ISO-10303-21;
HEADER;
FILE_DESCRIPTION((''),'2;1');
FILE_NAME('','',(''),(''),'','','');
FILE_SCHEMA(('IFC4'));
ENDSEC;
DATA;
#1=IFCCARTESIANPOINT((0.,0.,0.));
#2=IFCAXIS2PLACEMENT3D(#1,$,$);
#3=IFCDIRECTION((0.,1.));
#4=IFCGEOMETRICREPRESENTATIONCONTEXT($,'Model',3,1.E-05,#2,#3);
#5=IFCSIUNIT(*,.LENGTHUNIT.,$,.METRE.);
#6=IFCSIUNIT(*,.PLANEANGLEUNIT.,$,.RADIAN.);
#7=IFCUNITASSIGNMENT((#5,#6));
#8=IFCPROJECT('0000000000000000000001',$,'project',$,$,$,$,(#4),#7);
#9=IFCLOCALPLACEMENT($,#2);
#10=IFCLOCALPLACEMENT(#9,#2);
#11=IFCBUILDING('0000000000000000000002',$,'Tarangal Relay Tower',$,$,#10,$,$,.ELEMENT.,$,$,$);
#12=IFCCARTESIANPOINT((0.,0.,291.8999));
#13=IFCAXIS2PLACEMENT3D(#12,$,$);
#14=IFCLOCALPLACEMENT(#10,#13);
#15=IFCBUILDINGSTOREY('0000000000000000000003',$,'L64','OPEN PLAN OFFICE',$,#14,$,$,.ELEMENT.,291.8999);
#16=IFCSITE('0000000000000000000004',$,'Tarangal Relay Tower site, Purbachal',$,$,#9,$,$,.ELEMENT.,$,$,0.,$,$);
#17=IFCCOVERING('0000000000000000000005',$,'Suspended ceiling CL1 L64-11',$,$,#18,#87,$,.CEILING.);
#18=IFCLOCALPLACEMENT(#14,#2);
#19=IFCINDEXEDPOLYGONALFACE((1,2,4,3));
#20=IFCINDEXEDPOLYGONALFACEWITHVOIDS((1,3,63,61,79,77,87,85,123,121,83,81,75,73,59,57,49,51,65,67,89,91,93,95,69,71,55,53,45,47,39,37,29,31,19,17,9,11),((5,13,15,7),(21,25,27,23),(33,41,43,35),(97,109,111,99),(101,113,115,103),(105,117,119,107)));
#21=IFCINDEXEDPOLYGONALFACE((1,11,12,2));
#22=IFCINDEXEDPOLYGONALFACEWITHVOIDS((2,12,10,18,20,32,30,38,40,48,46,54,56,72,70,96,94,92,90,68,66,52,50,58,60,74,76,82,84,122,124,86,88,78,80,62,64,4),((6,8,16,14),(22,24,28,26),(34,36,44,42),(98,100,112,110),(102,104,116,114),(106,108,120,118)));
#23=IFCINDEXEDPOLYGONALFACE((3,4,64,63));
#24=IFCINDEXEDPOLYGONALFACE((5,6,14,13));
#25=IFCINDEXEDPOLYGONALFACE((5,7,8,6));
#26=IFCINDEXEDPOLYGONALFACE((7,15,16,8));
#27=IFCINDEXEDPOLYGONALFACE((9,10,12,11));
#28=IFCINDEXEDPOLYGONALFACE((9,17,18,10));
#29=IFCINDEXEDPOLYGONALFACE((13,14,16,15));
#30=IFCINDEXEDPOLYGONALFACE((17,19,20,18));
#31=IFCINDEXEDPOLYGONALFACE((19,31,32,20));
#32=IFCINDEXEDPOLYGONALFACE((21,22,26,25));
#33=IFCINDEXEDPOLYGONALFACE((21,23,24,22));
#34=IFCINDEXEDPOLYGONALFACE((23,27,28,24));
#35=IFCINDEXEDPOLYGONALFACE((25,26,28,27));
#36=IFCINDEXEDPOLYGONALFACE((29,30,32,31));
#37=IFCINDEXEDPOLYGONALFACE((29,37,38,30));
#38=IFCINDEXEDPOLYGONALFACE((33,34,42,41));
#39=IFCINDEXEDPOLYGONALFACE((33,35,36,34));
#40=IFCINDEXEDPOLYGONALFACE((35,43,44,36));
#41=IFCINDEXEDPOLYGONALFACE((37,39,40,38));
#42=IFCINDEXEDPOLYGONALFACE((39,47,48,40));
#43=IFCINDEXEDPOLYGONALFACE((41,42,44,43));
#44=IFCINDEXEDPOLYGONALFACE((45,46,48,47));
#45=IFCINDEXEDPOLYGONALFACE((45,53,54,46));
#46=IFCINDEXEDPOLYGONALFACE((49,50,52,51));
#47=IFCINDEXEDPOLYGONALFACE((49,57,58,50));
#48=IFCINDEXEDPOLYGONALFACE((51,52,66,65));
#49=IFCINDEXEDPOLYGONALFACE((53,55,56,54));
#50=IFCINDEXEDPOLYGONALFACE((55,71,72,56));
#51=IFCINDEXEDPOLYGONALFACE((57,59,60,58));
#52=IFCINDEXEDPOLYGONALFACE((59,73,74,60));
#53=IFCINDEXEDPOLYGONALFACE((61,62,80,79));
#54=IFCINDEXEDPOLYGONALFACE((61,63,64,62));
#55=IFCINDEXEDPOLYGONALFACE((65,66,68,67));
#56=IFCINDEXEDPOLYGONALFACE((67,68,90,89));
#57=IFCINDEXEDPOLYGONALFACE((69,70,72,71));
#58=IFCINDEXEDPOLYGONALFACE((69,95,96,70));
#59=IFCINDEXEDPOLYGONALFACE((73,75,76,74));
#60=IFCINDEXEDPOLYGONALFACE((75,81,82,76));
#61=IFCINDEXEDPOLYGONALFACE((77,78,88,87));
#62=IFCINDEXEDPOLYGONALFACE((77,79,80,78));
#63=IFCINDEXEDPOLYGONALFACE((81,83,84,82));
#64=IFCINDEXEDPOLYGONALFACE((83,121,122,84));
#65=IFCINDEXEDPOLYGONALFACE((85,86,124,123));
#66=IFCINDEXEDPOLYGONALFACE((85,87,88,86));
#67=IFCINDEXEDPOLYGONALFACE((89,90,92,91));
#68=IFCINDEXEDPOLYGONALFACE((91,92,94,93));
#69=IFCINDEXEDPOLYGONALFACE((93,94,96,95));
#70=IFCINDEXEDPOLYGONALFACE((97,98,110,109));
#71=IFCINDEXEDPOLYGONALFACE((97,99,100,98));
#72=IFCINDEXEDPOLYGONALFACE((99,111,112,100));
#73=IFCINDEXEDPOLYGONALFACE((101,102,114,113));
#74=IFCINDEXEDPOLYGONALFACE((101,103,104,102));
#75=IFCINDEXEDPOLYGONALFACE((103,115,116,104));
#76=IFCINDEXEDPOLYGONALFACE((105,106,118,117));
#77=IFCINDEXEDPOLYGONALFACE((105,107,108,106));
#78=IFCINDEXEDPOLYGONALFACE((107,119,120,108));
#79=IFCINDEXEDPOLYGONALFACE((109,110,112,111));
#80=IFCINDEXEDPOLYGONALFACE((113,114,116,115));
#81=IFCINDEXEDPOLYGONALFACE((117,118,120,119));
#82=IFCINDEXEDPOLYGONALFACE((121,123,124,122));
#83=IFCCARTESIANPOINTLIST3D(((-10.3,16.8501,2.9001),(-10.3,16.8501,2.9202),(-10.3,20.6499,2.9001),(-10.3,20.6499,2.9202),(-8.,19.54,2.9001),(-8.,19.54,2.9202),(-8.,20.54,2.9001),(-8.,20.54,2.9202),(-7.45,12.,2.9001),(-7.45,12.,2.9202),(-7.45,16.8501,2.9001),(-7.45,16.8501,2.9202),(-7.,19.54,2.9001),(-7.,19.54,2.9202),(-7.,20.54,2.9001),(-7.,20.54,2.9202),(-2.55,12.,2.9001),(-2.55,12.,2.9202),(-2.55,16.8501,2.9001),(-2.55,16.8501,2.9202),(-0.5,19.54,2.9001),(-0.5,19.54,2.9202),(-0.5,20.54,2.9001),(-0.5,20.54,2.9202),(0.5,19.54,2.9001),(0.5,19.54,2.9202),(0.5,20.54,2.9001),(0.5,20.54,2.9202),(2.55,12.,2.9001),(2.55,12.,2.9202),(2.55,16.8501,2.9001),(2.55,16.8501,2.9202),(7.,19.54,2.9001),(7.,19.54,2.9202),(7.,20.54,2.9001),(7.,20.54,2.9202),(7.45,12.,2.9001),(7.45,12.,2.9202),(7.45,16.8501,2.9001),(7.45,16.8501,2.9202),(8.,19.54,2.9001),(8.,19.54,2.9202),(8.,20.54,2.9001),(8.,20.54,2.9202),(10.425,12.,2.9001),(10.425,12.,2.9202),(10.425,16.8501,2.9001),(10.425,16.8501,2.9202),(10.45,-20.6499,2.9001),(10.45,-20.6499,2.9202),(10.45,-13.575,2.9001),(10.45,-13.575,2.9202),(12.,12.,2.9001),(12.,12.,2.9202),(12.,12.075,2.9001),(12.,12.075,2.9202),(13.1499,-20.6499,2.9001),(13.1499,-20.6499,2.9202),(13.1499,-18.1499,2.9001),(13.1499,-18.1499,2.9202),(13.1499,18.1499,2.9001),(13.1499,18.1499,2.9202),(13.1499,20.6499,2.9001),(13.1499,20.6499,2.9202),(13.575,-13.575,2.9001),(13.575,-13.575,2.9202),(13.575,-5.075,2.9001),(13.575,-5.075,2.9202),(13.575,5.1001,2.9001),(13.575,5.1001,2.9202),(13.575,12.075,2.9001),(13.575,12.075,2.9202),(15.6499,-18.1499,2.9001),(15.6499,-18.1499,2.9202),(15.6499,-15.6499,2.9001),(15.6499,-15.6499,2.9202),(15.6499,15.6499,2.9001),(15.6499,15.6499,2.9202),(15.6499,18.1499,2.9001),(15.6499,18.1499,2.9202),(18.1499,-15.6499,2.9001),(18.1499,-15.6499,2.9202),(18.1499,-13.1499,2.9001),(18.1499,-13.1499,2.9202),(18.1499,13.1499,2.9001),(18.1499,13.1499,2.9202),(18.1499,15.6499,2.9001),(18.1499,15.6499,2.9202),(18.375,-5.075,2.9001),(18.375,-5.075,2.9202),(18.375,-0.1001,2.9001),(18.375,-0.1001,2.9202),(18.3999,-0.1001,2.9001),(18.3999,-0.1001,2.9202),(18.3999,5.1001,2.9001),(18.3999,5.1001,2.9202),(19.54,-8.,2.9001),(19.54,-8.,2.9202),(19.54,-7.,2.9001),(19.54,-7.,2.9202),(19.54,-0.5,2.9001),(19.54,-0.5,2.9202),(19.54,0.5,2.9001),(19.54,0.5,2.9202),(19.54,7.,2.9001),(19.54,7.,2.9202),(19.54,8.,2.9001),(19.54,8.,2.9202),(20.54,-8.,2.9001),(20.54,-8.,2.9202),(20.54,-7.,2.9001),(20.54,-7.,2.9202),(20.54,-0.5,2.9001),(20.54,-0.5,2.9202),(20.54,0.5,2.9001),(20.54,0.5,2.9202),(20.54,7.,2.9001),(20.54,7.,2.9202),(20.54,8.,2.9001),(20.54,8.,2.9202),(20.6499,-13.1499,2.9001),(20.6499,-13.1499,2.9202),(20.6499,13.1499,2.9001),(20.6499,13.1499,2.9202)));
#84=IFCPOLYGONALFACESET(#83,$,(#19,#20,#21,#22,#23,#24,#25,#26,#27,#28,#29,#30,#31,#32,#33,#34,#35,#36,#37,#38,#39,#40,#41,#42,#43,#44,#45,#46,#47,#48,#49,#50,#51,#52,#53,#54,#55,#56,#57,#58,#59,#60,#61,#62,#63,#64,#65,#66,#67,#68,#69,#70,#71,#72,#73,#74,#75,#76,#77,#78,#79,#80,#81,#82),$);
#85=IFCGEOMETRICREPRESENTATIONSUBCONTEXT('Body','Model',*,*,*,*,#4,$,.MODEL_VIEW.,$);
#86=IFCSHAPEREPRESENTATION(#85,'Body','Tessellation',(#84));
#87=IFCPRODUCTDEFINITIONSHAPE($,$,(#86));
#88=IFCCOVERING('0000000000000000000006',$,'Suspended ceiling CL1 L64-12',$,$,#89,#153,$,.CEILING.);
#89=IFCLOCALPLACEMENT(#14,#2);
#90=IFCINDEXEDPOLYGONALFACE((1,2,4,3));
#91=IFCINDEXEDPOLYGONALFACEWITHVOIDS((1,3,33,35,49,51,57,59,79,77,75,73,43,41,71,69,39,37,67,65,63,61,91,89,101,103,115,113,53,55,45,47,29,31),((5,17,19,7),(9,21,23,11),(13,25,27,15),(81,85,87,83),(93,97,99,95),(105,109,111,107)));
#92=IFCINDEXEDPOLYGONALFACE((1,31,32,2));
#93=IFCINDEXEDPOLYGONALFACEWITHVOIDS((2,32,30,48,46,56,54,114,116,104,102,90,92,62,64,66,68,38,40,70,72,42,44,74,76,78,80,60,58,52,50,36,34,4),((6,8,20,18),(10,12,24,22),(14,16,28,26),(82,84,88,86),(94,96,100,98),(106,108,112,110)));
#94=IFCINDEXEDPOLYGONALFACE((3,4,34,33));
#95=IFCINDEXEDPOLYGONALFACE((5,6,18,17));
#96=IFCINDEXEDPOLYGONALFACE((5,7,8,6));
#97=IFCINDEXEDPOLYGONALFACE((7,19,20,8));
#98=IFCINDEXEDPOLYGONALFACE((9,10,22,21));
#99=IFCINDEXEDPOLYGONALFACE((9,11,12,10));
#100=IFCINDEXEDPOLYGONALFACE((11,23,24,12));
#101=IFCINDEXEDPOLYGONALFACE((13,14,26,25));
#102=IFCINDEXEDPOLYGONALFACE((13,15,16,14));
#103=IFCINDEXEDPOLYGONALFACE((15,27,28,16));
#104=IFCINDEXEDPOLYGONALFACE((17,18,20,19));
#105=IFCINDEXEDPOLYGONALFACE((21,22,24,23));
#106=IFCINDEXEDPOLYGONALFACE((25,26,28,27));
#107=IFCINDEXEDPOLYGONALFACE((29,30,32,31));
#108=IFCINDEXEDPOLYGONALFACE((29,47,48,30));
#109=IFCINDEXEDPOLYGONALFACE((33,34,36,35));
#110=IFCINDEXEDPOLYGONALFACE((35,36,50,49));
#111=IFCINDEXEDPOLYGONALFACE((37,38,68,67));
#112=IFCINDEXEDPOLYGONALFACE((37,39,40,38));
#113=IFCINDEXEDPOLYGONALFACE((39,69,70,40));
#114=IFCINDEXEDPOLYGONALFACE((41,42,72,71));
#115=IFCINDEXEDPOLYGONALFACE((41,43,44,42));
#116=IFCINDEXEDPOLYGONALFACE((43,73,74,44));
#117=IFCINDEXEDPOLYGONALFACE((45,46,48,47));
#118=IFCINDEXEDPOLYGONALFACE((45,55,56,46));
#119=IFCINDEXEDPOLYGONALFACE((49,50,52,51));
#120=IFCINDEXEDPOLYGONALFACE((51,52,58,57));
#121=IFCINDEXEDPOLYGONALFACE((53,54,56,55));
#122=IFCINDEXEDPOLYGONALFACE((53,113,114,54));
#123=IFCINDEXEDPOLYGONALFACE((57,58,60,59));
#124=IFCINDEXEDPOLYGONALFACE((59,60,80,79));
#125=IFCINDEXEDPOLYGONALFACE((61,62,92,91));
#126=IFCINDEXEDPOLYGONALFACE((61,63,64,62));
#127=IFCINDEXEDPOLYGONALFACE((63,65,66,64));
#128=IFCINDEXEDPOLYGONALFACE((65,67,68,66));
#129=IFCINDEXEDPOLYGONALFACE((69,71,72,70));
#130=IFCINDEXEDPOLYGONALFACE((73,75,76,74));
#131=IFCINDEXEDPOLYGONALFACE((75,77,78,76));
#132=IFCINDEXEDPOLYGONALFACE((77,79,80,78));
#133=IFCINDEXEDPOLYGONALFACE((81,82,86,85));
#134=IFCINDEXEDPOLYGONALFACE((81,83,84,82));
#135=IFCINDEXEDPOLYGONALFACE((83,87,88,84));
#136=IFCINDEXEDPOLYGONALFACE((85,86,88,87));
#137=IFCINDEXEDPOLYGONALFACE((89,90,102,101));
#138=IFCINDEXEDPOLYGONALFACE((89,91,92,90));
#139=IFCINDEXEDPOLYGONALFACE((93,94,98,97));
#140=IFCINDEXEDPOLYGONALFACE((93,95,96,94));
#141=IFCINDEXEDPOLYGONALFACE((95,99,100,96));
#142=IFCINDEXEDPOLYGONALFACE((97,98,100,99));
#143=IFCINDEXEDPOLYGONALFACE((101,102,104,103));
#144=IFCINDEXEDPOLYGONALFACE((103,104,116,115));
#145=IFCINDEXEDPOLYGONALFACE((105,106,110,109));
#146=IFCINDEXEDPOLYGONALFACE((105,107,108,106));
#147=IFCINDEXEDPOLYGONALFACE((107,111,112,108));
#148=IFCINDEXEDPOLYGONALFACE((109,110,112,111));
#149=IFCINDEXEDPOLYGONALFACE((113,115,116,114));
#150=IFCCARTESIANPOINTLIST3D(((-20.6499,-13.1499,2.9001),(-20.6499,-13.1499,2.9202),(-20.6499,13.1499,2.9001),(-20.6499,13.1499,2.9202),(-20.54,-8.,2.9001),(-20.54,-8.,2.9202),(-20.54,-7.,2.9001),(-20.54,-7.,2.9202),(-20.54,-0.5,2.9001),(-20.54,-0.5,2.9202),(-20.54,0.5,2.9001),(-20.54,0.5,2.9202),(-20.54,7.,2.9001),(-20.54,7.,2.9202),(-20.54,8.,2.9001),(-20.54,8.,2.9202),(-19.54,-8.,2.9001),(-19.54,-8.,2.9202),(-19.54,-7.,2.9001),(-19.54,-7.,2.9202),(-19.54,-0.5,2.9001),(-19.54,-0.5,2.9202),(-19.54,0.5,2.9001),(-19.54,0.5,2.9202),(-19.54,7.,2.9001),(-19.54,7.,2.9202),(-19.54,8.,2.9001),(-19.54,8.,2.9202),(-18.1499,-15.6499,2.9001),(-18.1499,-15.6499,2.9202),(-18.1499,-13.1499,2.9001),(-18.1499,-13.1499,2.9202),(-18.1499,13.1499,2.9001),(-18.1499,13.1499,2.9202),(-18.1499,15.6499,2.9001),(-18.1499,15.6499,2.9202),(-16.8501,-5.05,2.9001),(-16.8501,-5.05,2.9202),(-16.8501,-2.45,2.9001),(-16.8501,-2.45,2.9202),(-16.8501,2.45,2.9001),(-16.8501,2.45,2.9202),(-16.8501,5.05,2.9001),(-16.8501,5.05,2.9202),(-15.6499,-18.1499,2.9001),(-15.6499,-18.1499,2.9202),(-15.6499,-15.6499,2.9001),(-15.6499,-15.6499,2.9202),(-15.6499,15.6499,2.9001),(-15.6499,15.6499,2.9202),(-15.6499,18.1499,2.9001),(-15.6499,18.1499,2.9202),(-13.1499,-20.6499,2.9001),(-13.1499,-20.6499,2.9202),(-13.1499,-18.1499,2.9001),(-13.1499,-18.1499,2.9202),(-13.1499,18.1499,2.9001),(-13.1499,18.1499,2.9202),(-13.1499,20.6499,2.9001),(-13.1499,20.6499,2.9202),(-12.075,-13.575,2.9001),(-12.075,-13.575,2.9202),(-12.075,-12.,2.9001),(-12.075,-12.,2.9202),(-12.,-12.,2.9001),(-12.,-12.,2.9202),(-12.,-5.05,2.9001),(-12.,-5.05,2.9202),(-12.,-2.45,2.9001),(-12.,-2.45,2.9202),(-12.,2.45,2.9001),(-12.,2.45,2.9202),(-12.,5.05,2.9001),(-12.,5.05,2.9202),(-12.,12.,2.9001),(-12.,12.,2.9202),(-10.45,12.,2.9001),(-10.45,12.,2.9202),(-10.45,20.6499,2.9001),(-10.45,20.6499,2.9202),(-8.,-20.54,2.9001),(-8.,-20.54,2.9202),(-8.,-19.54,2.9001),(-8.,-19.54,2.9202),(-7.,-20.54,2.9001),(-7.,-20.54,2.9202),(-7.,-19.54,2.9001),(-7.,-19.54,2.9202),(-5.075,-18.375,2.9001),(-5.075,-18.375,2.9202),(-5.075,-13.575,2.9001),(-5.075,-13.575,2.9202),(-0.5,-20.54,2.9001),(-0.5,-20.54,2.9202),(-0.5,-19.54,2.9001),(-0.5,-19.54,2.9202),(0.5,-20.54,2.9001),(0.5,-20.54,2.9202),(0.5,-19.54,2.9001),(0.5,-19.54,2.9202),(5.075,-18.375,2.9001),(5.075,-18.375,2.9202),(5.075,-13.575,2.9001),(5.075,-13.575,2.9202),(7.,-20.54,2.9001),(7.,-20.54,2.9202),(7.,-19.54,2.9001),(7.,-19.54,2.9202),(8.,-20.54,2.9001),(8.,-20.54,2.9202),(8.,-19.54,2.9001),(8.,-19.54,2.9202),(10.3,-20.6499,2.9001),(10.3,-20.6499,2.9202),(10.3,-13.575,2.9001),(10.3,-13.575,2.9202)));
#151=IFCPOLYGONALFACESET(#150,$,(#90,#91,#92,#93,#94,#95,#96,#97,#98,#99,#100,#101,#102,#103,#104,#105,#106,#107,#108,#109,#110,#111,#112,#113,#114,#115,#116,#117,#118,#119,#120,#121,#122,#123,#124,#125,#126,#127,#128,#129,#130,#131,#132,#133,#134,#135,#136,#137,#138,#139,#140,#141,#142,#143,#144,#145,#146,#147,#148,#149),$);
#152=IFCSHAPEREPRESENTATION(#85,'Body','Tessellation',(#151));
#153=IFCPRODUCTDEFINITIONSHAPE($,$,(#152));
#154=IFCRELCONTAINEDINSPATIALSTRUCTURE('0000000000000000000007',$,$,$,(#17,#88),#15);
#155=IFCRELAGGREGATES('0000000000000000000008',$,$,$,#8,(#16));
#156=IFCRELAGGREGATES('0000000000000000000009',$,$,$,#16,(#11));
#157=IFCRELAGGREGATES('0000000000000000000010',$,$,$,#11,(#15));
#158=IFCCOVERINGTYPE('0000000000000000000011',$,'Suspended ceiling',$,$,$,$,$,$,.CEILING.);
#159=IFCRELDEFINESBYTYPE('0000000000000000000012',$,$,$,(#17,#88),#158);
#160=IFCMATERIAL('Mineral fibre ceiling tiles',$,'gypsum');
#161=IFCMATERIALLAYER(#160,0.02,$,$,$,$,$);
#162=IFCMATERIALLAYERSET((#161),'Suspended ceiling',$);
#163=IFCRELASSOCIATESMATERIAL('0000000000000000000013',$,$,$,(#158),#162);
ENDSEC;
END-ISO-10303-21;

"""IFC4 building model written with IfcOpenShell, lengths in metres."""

from ifc_helpers import new_model, si_unit, direction, frame, origin, place, context, subcontext, project, spatial, polyline, outline, extrude, material, layer, layer_set, type_object, element, save


model = new_model("IFC4")

# Units and contexts
model_context = context("Model", 3, precision=1e-05, world=origin(), true_north=direction((0.0, 1.0)))
body_context = subcontext(model_context, "Body", "Model", "MODEL_VIEW")
ifc_project = project(units=[si_unit("LENGTHUNIT", "METRE"), si_unit("PLANEANGLEUNIT", "RADIAN")], contexts=[model_context])

# Site, building, storey
site_placement = place(None, origin())
site = spatial("IfcSite", under=ifc_project, at=site_placement, Name="Tarangal Relay Tower site, Purbachal", CompositionType="ELEMENT", RefElevation=0.0)
building_placement = place(site_placement, origin())
building = spatial("IfcBuilding", under=site, at=building_placement, Name="Tarangal Relay Tower", CompositionType="ELEMENT")
storey_placement = place(building_placement, frame((0.0, 0.0, 291.8999)))
storey = spatial("IfcBuildingStorey", under=building, at=storey_placement, Name="L64", Description="OPEN PLAN OFFICE", CompositionType="ELEMENT", Elevation=291.8999)

# Coverings
ifc_material_1 = material(Name="Mineral fibre ceiling tiles", Category="gypsum")
ifc_layer_1 = layer(ifc_material_1, 0.02)
ifc_layer_set_1 = layer_set([ifc_layer_1], Name="Suspended ceiling")
covering_type = type_object("IfcCoveringType", Name="Suspended ceiling", PredefinedType="CEILING", material=ifc_layer_set_1)
covering_1_placement = place(storey_placement, frame((0.0, 0.0, 2.9001)))
element("IfcCovering", 1, at=covering_1_placement, inside=storey, type_object=covering_type, Name="Suspended ceiling CL1 L64-11", PredefinedType="CEILING", context=body_context, shape_type="SweptSolid", body=[
    extrude(outline(polyline([(7.45, 12.0), (7.45, 16.8501), (10.425, 16.8501), (10.425, 12.0), (12.0, 12.0), (12.0, 12.075), (13.575, 12.075), (13.575, 5.1001), (18.3999, 5.1001), (18.3999, -0.1001), (18.375, -0.1001), (18.375, -5.075), (13.575, -5.075), (13.575, -13.575), (10.45, -13.575), (10.45, -20.6499), (13.1499, -20.6499), (13.1499, -18.1499), (15.6499, -18.1499), (15.6499, -15.6499), (18.1499, -15.6499), (18.1499, -13.1499), (20.6499, -13.1499), (20.6499, 13.1499), (18.1499, 13.1499), (18.1499, 15.6499), (15.6499, 15.6499), (15.6499, 18.1499), (13.1499, 18.1499), (13.1499, 20.6499), (-10.3, 20.6499), (-10.3, 16.8501), (-7.45, 16.8501), (-7.45, 12.0), (-2.55, 12.0), (-2.55, 16.8501), (2.55, 16.8501), (2.55, 12.0), (7.45, 12.0)]), holes=[polyline([(19.54, -8.0), (20.54, -8.0), (20.54, -7.0), (19.54, -7.0), (19.54, -8.0)]), polyline([(19.54, 0.5), (19.54, -0.5), (20.54, -0.5), (20.54, 0.5), (19.54, 0.5)]), polyline([(19.54, 8.0), (19.54, 7.0), (20.54, 7.0), (20.54, 8.0), (19.54, 8.0)]), polyline([(-8.0, 19.54), (-7.0, 19.54), (-7.0, 20.54), (-8.0, 20.54), (-8.0, 19.54)]), polyline([(-0.5, 20.54), (-0.5, 19.54), (0.5, 19.54), (0.5, 20.54), (-0.5, 20.54)]), polyline([(7.0, 20.54), (7.0, 19.54), (8.0, 19.54), (8.0, 20.54), (7.0, 20.54)])]), origin(), (0.0, 0.0, 1.0), 0.02),
])
covering_2_placement = place(storey_placement, frame((0.0, 0.0, 2.9001)))
element("IfcCovering", 2, at=covering_2_placement, inside=storey, type_object=covering_type, Name="Suspended ceiling CL1 L64-12", PredefinedType="CEILING", context=body_context, shape_type="SweptSolid", body=[
    extrude(outline(polyline([(-12.0, 12.0), (-10.45, 12.0), (-10.45, 20.6499), (-13.1499, 20.6499), (-13.1499, 18.1499), (-15.6499, 18.1499), (-15.6499, 15.6499), (-18.1499, 15.6499), (-18.1499, 13.1499), (-20.6499, 13.1499), (-20.6499, -13.1499), (-18.1499, -13.1499), (-18.1499, -15.6499), (-15.6499, -15.6499), (-15.6499, -18.1499), (-13.1499, -18.1499), (-13.1499, -20.6499), (10.3, -20.6499), (10.3, -13.575), (5.075, -13.575), (5.075, -18.375), (-5.075, -18.375), (-5.075, -13.575), (-12.075, -13.575), (-12.075, -12.0), (-12.0, -12.0), (-12.0, -5.05), (-16.8501, -5.05), (-16.8501, -2.45), (-12.0, -2.45), (-12.0, 2.45), (-16.8501, 2.45), (-16.8501, 5.05), (-12.0, 5.05), (-12.0, 12.0)]), holes=[polyline([(-8.0, -20.54), (-7.0, -20.54), (-7.0, -19.54), (-8.0, -19.54), (-8.0, -20.54)]), polyline([(-0.5, -19.54), (-0.5, -20.54), (0.5, -20.54), (0.5, -19.54), (-0.5, -19.54)]), polyline([(7.0, -19.54), (7.0, -20.54), (8.0, -20.54), (8.0, -19.54), (7.0, -19.54)]), polyline([(-20.54, -8.0), (-19.54, -8.0), (-19.54, -7.0), (-20.54, -7.0), (-20.54, -8.0)]), polyline([(-20.54, 0.5), (-20.54, -0.5), (-19.54, -0.5), (-19.54, 0.5), (-20.54, 0.5)]), polyline([(-20.54, 8.0), (-20.54, 7.0), (-19.54, 7.0), (-19.54, 8.0), (-20.54, 8.0)])]), origin(), (0.0, 0.0, 1.0), 0.02),
])

save(model, "model.ifc")
